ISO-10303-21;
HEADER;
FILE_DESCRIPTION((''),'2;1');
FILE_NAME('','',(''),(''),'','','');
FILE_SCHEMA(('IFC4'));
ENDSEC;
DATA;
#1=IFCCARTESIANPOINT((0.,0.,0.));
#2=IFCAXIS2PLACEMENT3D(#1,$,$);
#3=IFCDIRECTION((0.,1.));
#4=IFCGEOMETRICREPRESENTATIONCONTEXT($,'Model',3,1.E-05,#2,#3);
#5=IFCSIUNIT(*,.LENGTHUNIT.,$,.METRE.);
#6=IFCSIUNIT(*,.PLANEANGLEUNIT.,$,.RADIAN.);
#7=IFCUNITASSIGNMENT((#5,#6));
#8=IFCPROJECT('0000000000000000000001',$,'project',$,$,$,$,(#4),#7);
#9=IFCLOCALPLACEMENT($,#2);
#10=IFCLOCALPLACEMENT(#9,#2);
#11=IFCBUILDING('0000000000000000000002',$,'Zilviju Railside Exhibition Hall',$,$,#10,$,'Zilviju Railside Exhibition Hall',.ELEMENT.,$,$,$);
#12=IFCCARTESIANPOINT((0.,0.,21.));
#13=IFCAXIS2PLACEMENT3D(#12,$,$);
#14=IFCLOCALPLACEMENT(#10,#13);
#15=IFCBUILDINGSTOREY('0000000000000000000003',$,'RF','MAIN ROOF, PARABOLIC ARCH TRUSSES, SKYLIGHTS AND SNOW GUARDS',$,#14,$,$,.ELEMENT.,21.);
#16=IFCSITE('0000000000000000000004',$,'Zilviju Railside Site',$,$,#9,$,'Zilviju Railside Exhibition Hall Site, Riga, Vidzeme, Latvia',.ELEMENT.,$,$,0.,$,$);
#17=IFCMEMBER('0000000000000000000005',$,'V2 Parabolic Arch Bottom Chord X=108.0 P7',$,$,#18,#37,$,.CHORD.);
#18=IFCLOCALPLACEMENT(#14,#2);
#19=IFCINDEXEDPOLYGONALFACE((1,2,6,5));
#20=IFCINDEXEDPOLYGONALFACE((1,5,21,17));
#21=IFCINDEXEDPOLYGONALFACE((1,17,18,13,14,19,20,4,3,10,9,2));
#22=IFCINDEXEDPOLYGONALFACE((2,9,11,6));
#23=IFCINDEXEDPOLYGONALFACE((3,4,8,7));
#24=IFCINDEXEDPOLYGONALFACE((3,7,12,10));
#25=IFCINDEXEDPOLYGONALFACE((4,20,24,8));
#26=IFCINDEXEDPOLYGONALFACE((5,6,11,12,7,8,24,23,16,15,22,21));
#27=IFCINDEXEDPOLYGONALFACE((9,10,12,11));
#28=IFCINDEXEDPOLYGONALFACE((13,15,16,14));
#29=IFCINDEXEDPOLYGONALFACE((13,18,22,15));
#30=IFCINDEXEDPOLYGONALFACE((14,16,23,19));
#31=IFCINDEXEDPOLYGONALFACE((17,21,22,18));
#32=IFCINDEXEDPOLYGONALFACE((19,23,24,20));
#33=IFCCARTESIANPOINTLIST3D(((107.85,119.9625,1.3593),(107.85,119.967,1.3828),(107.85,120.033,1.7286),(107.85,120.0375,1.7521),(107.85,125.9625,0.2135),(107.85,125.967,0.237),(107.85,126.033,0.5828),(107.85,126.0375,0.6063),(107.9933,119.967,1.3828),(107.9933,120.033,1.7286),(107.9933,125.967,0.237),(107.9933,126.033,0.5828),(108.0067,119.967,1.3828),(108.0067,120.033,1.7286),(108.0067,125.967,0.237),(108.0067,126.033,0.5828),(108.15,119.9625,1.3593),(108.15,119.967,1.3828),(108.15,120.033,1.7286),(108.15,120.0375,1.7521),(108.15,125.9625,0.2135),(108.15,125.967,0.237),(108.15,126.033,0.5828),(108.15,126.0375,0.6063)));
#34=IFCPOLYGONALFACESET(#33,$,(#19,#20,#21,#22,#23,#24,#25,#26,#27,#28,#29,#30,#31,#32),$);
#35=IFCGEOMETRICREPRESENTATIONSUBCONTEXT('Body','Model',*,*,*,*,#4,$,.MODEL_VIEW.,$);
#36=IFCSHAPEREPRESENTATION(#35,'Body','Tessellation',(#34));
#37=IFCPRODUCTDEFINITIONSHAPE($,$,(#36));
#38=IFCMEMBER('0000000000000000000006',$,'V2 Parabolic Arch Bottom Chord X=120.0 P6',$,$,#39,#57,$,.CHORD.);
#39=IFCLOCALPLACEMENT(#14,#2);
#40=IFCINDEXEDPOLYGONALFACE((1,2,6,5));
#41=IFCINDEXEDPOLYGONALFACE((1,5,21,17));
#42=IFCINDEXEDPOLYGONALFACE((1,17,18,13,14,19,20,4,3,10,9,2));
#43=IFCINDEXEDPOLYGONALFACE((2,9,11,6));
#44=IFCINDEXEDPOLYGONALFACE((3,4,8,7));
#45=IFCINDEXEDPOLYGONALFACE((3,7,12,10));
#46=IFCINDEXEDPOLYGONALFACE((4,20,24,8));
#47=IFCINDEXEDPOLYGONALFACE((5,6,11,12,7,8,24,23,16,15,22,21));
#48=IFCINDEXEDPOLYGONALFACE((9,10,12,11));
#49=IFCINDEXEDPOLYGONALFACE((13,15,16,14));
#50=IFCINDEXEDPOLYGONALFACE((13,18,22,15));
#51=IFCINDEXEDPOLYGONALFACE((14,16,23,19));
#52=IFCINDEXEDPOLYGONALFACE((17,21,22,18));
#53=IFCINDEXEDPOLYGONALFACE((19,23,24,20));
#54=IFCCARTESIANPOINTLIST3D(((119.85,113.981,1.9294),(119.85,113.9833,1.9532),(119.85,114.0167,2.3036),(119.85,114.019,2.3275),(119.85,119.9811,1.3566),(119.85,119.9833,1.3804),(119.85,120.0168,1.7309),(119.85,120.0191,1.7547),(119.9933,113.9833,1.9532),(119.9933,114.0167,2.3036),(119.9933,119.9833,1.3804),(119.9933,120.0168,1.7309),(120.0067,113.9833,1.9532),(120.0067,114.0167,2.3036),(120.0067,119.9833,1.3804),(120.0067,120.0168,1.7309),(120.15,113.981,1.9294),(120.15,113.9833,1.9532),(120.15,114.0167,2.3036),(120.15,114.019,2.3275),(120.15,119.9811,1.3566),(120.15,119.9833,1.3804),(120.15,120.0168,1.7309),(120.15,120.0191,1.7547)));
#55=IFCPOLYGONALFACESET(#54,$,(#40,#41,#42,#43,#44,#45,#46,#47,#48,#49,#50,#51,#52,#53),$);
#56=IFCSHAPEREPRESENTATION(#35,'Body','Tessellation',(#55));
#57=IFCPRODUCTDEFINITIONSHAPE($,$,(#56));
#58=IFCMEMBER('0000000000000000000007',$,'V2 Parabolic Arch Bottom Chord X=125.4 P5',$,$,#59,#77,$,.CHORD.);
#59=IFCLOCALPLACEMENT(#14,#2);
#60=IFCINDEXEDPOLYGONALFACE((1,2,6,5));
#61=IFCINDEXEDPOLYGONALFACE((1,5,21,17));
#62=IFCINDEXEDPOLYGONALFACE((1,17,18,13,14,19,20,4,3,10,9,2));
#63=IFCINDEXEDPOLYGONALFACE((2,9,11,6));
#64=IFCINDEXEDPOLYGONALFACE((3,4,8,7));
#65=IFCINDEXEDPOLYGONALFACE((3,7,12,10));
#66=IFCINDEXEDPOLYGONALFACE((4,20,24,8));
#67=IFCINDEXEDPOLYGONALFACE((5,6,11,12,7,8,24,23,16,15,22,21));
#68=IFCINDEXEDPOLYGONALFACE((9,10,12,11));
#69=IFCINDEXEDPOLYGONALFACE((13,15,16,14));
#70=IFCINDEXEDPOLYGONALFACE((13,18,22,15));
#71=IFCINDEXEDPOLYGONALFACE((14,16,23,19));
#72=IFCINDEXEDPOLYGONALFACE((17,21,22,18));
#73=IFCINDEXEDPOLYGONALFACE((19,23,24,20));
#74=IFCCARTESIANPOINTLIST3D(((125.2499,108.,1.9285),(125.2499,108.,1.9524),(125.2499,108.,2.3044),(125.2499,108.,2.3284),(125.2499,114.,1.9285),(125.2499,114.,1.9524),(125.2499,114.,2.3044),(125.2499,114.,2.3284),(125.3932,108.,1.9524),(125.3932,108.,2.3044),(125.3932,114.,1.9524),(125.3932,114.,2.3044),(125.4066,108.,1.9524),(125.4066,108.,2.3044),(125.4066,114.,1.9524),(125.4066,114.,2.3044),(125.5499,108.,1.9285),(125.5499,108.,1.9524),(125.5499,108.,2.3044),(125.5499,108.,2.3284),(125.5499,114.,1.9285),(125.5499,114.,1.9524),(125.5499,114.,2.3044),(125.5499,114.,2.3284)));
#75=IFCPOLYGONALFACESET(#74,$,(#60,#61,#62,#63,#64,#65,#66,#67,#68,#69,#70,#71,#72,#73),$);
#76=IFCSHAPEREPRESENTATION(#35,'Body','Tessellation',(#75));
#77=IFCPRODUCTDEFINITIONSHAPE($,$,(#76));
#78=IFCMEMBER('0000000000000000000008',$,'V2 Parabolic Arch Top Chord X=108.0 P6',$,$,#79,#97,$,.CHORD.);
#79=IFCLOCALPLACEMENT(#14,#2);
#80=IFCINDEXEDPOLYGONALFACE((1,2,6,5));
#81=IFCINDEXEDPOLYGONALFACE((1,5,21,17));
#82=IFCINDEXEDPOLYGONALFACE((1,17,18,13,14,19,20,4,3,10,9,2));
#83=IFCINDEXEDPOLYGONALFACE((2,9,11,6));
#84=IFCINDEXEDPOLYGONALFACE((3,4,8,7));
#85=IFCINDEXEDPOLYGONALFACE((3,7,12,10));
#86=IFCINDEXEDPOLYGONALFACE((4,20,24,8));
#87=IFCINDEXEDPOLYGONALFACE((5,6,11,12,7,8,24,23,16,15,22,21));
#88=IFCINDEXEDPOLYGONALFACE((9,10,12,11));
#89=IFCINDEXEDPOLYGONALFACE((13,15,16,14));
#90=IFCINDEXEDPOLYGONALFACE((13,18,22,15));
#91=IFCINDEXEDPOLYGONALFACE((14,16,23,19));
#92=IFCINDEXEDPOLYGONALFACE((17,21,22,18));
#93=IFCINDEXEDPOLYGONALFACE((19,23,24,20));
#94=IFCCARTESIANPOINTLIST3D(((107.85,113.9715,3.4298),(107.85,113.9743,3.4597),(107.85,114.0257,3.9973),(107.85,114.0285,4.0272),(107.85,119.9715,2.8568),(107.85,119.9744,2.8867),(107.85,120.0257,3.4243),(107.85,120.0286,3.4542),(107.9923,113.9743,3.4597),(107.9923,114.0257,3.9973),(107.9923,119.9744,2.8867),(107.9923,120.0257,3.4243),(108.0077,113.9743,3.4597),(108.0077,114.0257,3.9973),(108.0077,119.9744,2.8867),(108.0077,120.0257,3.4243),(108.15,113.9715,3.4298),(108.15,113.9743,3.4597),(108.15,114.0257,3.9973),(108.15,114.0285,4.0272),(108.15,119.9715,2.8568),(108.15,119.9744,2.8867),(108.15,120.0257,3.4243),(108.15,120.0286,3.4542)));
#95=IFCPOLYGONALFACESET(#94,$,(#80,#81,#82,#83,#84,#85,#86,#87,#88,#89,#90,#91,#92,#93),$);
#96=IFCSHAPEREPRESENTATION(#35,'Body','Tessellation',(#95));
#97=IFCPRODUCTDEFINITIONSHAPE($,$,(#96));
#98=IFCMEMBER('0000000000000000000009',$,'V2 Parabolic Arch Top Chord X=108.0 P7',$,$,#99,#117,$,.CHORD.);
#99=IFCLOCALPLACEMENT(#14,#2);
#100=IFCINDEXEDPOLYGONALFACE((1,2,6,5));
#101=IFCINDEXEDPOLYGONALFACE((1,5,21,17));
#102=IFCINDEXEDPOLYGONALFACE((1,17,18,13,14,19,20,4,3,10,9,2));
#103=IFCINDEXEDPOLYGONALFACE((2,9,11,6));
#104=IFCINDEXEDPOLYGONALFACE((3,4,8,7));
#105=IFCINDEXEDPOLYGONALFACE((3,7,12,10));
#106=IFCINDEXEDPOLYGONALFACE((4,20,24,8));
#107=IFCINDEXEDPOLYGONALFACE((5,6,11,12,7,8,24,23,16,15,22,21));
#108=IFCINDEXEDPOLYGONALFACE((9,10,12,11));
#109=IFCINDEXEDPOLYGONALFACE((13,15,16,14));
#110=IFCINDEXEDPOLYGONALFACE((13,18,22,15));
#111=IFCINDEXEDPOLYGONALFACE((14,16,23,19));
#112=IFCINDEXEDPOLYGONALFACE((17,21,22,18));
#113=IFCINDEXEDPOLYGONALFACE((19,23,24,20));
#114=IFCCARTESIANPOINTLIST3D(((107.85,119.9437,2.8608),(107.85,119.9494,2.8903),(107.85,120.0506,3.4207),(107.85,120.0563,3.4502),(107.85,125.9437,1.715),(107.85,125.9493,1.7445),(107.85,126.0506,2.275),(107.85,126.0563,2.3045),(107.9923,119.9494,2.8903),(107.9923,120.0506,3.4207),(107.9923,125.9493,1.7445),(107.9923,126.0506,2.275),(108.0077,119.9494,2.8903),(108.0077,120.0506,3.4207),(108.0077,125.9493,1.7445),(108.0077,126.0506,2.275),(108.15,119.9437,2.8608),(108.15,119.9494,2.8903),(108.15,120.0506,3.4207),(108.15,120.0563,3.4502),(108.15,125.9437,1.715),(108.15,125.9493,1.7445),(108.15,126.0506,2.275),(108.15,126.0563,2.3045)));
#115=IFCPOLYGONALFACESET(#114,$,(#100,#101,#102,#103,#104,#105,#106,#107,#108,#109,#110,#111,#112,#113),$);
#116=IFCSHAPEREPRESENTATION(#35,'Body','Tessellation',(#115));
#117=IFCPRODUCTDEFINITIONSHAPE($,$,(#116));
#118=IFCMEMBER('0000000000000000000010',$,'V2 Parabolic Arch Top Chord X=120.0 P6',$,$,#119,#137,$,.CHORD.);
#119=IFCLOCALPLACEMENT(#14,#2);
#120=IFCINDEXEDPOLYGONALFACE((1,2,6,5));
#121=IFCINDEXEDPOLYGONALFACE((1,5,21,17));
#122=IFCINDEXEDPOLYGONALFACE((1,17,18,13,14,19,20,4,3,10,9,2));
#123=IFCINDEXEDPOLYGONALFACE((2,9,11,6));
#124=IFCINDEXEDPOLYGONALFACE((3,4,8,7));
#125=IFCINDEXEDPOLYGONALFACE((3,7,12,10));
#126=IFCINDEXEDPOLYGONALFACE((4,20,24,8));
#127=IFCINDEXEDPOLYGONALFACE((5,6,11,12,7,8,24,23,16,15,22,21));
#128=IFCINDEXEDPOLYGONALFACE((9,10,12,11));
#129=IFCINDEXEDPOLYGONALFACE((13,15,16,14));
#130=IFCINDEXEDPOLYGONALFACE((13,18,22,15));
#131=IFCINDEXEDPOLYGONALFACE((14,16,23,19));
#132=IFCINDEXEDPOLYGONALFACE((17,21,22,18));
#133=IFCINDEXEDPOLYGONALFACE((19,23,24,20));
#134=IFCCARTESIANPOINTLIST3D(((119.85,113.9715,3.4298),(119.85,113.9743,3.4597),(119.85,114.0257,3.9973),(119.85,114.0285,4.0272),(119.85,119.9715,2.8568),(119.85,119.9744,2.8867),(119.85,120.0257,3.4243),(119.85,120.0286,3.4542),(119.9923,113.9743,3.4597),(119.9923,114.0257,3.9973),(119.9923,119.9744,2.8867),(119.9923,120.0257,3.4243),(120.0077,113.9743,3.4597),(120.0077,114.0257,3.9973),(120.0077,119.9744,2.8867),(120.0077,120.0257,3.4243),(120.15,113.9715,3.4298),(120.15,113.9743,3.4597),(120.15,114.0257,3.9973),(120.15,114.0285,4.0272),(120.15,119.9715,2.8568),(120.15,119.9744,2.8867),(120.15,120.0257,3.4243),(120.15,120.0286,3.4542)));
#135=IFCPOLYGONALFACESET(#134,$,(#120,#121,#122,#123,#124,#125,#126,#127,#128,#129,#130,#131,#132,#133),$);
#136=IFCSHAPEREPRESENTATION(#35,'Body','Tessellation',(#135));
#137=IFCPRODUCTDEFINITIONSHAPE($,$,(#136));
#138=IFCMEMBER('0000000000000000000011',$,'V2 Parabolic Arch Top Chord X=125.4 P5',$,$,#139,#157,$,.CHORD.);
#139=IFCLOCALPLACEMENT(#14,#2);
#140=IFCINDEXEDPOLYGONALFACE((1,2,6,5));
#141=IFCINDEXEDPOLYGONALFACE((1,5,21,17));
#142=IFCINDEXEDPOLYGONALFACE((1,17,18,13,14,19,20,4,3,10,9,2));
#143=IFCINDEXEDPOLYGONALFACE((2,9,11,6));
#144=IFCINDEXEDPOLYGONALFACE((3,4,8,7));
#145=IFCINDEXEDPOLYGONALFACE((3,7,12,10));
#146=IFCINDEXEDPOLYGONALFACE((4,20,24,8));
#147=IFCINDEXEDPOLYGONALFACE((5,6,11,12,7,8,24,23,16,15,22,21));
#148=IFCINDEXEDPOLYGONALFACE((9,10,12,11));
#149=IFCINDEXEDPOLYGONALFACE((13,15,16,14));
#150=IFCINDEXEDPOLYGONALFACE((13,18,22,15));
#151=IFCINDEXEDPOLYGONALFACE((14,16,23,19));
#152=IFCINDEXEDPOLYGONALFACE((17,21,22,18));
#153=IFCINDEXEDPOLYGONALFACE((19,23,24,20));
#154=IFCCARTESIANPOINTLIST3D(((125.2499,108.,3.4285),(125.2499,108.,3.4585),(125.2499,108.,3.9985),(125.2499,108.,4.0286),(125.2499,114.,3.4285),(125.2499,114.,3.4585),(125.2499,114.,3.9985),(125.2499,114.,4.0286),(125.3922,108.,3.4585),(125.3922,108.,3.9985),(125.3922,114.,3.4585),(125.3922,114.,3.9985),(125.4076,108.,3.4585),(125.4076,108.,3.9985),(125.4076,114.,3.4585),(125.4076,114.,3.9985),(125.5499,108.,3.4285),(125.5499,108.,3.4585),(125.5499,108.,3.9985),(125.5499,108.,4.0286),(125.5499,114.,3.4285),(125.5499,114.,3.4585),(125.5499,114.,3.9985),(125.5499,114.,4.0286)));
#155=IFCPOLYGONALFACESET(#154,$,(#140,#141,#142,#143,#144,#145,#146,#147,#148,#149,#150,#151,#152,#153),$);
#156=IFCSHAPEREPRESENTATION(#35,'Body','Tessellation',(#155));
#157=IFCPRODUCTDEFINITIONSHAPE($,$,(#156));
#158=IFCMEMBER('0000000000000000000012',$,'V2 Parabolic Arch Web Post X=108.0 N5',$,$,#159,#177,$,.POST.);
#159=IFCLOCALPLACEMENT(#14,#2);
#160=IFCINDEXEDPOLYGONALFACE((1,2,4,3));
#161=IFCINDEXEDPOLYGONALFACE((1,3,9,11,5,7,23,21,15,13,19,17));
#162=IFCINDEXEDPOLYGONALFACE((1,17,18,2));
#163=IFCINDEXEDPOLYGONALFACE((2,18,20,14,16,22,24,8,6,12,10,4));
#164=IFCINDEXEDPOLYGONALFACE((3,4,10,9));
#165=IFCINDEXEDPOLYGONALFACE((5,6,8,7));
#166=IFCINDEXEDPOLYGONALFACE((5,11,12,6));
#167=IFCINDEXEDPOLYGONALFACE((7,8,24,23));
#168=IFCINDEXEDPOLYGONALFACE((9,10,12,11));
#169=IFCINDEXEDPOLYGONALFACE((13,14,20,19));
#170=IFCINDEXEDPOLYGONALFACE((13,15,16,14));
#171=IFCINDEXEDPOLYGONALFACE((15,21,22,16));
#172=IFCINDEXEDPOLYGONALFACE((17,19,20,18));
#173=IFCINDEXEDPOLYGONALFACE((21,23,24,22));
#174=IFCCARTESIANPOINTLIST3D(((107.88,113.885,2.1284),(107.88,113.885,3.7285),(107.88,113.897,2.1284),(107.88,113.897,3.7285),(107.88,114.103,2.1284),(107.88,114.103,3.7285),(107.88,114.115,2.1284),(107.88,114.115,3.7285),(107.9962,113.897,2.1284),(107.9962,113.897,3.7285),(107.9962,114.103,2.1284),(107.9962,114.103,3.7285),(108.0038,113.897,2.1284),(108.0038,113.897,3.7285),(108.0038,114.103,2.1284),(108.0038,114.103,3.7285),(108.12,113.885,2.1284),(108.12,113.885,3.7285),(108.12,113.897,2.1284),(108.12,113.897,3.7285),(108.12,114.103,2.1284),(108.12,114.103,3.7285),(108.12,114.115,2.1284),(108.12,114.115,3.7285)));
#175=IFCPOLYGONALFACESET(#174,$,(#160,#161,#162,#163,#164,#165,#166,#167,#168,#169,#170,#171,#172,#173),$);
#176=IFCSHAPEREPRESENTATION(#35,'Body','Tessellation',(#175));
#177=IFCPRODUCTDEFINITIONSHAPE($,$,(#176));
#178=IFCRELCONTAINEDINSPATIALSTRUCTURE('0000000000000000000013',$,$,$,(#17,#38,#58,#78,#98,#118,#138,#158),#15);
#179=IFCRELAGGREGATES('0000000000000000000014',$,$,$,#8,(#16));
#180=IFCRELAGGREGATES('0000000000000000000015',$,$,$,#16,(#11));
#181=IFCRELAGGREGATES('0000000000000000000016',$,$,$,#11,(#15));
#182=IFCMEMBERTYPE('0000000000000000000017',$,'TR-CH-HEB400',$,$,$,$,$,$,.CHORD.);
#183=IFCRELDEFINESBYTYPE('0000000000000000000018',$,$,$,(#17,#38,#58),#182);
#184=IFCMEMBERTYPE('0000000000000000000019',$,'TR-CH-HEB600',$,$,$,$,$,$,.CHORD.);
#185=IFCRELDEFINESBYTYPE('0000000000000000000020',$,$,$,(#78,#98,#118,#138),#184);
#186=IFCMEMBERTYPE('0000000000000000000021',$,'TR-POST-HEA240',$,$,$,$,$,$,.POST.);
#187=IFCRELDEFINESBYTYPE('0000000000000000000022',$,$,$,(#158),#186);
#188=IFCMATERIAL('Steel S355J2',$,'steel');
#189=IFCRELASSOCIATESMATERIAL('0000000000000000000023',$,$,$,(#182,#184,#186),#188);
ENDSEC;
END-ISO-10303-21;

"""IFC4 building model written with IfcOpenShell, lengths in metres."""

from ifc_helpers import new_model, si_unit, direction, frame, origin, origin_2d, place, context, subcontext, project, spatial, i_section, extrude, material, material_profile, profile_set, type_object, element, save


model = new_model("IFC4")

# Units and contexts
model_context = context("Model", 3, precision=1e-05, world=origin(), true_north=direction((0.0, 1.0)))
body_context = subcontext(model_context, "Body", "Model", "MODEL_VIEW")
ifc_project = project(units=[si_unit("LENGTHUNIT", "METRE"), si_unit("PLANEANGLEUNIT", "RADIAN")], contexts=[model_context])

# Site, building, storey
site_placement = place(None, origin())
site = spatial("IfcSite", under=ifc_project, at=site_placement, Name="Zilviju Railside Site", LongName="Zilviju Railside Exhibition Hall Site, Riga, Vidzeme, Latvia", CompositionType="ELEMENT", RefElevation=0.0)
building_placement = place(site_placement, origin())
building = spatial("IfcBuilding", under=site, at=building_placement, Name="Zilviju Railside Exhibition Hall", LongName="Zilviju Railside Exhibition Hall", CompositionType="ELEMENT")
storey_placement = place(building_placement, frame((0.0, 0.0, 21.0)))
storey = spatial("IfcBuildingStorey", under=building, at=storey_placement, Name="RF", Description="MAIN ROOF, PARABOLIC ARCH TRUSSES, SKYLIGHTS AND SNOW GUARDS", CompositionType="ELEMENT", Elevation=21.0)

# Members
ifc_material_1 = material(Name="Steel S355J2", Category="steel")
ifc_material_profile_1 = material_profile(ifc_material_1, i_section(OverallWidth=0.3, OverallDepth=0.3999, WebThickness=0.0134, FlangeThickness=0.0239, at=origin_2d()), Name="HEB 400")
ifc_profile_set_1 = profile_set([ifc_material_profile_1], Name="Steel S355J2")
member_type_1 = type_object("IfcMemberType", Name="TR-CH-HEB400", PredefinedType="CHORD", material=ifc_profile_set_1)
member_1_placement = place(storey_placement, frame((108.0, 120.0, 1.5557), z_axis=(0.0, 0.982251, -0.187569), x_axis=(-1.0, 0.0, 0.0)))
element("IfcMember", 1, at=member_1_placement, inside=storey, type_object=member_type_1, Name="V2 Parabolic Arch Bottom Chord X=108.0 P7", PredefinedType="CHORD", context=body_context, shape_type="SweptSolid", body=[
    extrude(i_section(OverallWidth=0.3, OverallDepth=0.3999, WebThickness=0.0134, FlangeThickness=0.0239, at=origin_2d()), origin(), (0.0, 0.0, 1.0), 6.1084),
])
member_2_placement = place(storey_placement, frame((120.0, 114.0, 2.1284), z_axis=(0.0, 0.995475, -0.095027), x_axis=(-1.0, 0.0, 0.0)))
element("IfcMember", 2, at=member_2_placement, inside=storey, type_object=member_type_1, Name="V2 Parabolic Arch Bottom Chord X=120.0 P6", PredefinedType="CHORD", context=body_context, shape_type="SweptSolid", body=[
    extrude(i_section(OverallWidth=0.3, OverallDepth=0.3999, WebThickness=0.0134, FlangeThickness=0.0239, at=origin_2d()), origin(), (0.0, 0.0, 1.0), 6.0273),
])
member_3_placement = place(storey_placement, frame((125.3999, 108.0, 2.1284), z_axis=(0.0, 1.0, 0.0), x_axis=(-1.0, 0.0, 0.0)))
element("IfcMember", 3, at=member_3_placement, inside=storey, type_object=member_type_1, Name="V2 Parabolic Arch Bottom Chord X=125.4 P5", PredefinedType="CHORD", context=body_context, shape_type="SweptSolid", body=[
    extrude(i_section(OverallWidth=0.3, OverallDepth=0.3999, WebThickness=0.0134, FlangeThickness=0.0239, at=origin_2d()), origin(), (0.0, 0.0, 1.0), 6.0),
])
ifc_material_profile_2 = material_profile(ifc_material_1, i_section(OverallWidth=0.3, OverallDepth=0.6001, WebThickness=0.0154, FlangeThickness=0.03, at=origin_2d()), Name="HEB 600")
ifc_profile_set_2 = profile_set([ifc_material_profile_2], Name="Steel S355J2")
member_type_2 = type_object("IfcMemberType", Name="TR-CH-HEB600", PredefinedType="CHORD", material=ifc_profile_set_2)
member_4_placement = place(storey_placement, frame((108.0, 114.0, 3.7285), z_axis=(0.0, 0.995471, -0.095067), x_axis=(-1.0, 0.0, 0.0)))
element("IfcMember", 4, at=member_4_placement, inside=storey, type_object=member_type_2, Name="V2 Parabolic Arch Top Chord X=108.0 P6", PredefinedType="CHORD", context=body_context, shape_type="SweptSolid", body=[
    extrude(i_section(OverallWidth=0.3, OverallDepth=0.6001, WebThickness=0.0154, FlangeThickness=0.03, at=origin_2d()), origin(), (0.0, 0.0, 1.0), 6.0273),
])
member_5_placement = place(storey_placement, frame((108.0, 120.0, 3.1555), z_axis=(0.0, 0.982251, -0.187569), x_axis=(-1.0, 0.0, 0.0)))
element("IfcMember", 5, at=member_5_placement, inside=storey, type_object=member_type_2, Name="V2 Parabolic Arch Top Chord X=108.0 P7", PredefinedType="CHORD", context=body_context, shape_type="SweptSolid", body=[
    extrude(i_section(OverallWidth=0.3, OverallDepth=0.6001, WebThickness=0.0154, FlangeThickness=0.03, at=origin_2d()), origin(), (0.0, 0.0, 1.0), 6.1084),
])
member_6_placement = place(storey_placement, frame((120.0, 114.0, 3.7285), z_axis=(0.0, 0.995471, -0.095067), x_axis=(-1.0, 0.0, 0.0)))
element("IfcMember", 6, at=member_6_placement, inside=storey, type_object=member_type_2, Name="V2 Parabolic Arch Top Chord X=120.0 P6", PredefinedType="CHORD", context=body_context, shape_type="SweptSolid", body=[
    extrude(i_section(OverallWidth=0.3, OverallDepth=0.6001, WebThickness=0.0154, FlangeThickness=0.03, at=origin_2d()), origin(), (0.0, 0.0, 1.0), 6.0273),
])
member_7_placement = place(storey_placement, frame((125.3999, 108.0, 3.7285), z_axis=(0.0, 1.0, 0.0), x_axis=(-1.0, 0.0, 0.0)))
element("IfcMember", 7, at=member_7_placement, inside=storey, type_object=member_type_2, Name="V2 Parabolic Arch Top Chord X=125.4 P5", PredefinedType="CHORD", context=body_context, shape_type="SweptSolid", body=[
    extrude(i_section(OverallWidth=0.3, OverallDepth=0.6001, WebThickness=0.0154, FlangeThickness=0.03, at=origin_2d()), origin(), (0.0, 0.0, 1.0), 6.0),
])
ifc_material_profile_3 = material_profile(ifc_material_1, i_section(OverallWidth=0.24, OverallDepth=0.23, WebThickness=0.0076, FlangeThickness=0.012, at=origin_2d()), Name="HEA 240")
ifc_profile_set_3 = profile_set([ifc_material_profile_3], Name="Steel S355J2")
member_type_3 = type_object("IfcMemberType", Name="TR-POST-HEA240", PredefinedType="POST", material=ifc_profile_set_3)
member_8_placement = place(storey_placement, frame((108.0, 114.0, 2.1284), z_axis=(0.0, 0.0, 1.0), x_axis=(1.0, 0.0, 0.0)))
element("IfcMember", 8, at=member_8_placement, inside=storey, type_object=member_type_3, Name="V2 Parabolic Arch Web Post X=108.0 N5", PredefinedType="POST", context=body_context, shape_type="SweptSolid", body=[
    extrude(i_section(OverallWidth=0.24, OverallDepth=0.23, WebThickness=0.0076, FlangeThickness=0.012, at=origin_2d()), origin(), (0.0, 0.0, 1.0), 1.6001),
])

save(model, "model.ifc")
